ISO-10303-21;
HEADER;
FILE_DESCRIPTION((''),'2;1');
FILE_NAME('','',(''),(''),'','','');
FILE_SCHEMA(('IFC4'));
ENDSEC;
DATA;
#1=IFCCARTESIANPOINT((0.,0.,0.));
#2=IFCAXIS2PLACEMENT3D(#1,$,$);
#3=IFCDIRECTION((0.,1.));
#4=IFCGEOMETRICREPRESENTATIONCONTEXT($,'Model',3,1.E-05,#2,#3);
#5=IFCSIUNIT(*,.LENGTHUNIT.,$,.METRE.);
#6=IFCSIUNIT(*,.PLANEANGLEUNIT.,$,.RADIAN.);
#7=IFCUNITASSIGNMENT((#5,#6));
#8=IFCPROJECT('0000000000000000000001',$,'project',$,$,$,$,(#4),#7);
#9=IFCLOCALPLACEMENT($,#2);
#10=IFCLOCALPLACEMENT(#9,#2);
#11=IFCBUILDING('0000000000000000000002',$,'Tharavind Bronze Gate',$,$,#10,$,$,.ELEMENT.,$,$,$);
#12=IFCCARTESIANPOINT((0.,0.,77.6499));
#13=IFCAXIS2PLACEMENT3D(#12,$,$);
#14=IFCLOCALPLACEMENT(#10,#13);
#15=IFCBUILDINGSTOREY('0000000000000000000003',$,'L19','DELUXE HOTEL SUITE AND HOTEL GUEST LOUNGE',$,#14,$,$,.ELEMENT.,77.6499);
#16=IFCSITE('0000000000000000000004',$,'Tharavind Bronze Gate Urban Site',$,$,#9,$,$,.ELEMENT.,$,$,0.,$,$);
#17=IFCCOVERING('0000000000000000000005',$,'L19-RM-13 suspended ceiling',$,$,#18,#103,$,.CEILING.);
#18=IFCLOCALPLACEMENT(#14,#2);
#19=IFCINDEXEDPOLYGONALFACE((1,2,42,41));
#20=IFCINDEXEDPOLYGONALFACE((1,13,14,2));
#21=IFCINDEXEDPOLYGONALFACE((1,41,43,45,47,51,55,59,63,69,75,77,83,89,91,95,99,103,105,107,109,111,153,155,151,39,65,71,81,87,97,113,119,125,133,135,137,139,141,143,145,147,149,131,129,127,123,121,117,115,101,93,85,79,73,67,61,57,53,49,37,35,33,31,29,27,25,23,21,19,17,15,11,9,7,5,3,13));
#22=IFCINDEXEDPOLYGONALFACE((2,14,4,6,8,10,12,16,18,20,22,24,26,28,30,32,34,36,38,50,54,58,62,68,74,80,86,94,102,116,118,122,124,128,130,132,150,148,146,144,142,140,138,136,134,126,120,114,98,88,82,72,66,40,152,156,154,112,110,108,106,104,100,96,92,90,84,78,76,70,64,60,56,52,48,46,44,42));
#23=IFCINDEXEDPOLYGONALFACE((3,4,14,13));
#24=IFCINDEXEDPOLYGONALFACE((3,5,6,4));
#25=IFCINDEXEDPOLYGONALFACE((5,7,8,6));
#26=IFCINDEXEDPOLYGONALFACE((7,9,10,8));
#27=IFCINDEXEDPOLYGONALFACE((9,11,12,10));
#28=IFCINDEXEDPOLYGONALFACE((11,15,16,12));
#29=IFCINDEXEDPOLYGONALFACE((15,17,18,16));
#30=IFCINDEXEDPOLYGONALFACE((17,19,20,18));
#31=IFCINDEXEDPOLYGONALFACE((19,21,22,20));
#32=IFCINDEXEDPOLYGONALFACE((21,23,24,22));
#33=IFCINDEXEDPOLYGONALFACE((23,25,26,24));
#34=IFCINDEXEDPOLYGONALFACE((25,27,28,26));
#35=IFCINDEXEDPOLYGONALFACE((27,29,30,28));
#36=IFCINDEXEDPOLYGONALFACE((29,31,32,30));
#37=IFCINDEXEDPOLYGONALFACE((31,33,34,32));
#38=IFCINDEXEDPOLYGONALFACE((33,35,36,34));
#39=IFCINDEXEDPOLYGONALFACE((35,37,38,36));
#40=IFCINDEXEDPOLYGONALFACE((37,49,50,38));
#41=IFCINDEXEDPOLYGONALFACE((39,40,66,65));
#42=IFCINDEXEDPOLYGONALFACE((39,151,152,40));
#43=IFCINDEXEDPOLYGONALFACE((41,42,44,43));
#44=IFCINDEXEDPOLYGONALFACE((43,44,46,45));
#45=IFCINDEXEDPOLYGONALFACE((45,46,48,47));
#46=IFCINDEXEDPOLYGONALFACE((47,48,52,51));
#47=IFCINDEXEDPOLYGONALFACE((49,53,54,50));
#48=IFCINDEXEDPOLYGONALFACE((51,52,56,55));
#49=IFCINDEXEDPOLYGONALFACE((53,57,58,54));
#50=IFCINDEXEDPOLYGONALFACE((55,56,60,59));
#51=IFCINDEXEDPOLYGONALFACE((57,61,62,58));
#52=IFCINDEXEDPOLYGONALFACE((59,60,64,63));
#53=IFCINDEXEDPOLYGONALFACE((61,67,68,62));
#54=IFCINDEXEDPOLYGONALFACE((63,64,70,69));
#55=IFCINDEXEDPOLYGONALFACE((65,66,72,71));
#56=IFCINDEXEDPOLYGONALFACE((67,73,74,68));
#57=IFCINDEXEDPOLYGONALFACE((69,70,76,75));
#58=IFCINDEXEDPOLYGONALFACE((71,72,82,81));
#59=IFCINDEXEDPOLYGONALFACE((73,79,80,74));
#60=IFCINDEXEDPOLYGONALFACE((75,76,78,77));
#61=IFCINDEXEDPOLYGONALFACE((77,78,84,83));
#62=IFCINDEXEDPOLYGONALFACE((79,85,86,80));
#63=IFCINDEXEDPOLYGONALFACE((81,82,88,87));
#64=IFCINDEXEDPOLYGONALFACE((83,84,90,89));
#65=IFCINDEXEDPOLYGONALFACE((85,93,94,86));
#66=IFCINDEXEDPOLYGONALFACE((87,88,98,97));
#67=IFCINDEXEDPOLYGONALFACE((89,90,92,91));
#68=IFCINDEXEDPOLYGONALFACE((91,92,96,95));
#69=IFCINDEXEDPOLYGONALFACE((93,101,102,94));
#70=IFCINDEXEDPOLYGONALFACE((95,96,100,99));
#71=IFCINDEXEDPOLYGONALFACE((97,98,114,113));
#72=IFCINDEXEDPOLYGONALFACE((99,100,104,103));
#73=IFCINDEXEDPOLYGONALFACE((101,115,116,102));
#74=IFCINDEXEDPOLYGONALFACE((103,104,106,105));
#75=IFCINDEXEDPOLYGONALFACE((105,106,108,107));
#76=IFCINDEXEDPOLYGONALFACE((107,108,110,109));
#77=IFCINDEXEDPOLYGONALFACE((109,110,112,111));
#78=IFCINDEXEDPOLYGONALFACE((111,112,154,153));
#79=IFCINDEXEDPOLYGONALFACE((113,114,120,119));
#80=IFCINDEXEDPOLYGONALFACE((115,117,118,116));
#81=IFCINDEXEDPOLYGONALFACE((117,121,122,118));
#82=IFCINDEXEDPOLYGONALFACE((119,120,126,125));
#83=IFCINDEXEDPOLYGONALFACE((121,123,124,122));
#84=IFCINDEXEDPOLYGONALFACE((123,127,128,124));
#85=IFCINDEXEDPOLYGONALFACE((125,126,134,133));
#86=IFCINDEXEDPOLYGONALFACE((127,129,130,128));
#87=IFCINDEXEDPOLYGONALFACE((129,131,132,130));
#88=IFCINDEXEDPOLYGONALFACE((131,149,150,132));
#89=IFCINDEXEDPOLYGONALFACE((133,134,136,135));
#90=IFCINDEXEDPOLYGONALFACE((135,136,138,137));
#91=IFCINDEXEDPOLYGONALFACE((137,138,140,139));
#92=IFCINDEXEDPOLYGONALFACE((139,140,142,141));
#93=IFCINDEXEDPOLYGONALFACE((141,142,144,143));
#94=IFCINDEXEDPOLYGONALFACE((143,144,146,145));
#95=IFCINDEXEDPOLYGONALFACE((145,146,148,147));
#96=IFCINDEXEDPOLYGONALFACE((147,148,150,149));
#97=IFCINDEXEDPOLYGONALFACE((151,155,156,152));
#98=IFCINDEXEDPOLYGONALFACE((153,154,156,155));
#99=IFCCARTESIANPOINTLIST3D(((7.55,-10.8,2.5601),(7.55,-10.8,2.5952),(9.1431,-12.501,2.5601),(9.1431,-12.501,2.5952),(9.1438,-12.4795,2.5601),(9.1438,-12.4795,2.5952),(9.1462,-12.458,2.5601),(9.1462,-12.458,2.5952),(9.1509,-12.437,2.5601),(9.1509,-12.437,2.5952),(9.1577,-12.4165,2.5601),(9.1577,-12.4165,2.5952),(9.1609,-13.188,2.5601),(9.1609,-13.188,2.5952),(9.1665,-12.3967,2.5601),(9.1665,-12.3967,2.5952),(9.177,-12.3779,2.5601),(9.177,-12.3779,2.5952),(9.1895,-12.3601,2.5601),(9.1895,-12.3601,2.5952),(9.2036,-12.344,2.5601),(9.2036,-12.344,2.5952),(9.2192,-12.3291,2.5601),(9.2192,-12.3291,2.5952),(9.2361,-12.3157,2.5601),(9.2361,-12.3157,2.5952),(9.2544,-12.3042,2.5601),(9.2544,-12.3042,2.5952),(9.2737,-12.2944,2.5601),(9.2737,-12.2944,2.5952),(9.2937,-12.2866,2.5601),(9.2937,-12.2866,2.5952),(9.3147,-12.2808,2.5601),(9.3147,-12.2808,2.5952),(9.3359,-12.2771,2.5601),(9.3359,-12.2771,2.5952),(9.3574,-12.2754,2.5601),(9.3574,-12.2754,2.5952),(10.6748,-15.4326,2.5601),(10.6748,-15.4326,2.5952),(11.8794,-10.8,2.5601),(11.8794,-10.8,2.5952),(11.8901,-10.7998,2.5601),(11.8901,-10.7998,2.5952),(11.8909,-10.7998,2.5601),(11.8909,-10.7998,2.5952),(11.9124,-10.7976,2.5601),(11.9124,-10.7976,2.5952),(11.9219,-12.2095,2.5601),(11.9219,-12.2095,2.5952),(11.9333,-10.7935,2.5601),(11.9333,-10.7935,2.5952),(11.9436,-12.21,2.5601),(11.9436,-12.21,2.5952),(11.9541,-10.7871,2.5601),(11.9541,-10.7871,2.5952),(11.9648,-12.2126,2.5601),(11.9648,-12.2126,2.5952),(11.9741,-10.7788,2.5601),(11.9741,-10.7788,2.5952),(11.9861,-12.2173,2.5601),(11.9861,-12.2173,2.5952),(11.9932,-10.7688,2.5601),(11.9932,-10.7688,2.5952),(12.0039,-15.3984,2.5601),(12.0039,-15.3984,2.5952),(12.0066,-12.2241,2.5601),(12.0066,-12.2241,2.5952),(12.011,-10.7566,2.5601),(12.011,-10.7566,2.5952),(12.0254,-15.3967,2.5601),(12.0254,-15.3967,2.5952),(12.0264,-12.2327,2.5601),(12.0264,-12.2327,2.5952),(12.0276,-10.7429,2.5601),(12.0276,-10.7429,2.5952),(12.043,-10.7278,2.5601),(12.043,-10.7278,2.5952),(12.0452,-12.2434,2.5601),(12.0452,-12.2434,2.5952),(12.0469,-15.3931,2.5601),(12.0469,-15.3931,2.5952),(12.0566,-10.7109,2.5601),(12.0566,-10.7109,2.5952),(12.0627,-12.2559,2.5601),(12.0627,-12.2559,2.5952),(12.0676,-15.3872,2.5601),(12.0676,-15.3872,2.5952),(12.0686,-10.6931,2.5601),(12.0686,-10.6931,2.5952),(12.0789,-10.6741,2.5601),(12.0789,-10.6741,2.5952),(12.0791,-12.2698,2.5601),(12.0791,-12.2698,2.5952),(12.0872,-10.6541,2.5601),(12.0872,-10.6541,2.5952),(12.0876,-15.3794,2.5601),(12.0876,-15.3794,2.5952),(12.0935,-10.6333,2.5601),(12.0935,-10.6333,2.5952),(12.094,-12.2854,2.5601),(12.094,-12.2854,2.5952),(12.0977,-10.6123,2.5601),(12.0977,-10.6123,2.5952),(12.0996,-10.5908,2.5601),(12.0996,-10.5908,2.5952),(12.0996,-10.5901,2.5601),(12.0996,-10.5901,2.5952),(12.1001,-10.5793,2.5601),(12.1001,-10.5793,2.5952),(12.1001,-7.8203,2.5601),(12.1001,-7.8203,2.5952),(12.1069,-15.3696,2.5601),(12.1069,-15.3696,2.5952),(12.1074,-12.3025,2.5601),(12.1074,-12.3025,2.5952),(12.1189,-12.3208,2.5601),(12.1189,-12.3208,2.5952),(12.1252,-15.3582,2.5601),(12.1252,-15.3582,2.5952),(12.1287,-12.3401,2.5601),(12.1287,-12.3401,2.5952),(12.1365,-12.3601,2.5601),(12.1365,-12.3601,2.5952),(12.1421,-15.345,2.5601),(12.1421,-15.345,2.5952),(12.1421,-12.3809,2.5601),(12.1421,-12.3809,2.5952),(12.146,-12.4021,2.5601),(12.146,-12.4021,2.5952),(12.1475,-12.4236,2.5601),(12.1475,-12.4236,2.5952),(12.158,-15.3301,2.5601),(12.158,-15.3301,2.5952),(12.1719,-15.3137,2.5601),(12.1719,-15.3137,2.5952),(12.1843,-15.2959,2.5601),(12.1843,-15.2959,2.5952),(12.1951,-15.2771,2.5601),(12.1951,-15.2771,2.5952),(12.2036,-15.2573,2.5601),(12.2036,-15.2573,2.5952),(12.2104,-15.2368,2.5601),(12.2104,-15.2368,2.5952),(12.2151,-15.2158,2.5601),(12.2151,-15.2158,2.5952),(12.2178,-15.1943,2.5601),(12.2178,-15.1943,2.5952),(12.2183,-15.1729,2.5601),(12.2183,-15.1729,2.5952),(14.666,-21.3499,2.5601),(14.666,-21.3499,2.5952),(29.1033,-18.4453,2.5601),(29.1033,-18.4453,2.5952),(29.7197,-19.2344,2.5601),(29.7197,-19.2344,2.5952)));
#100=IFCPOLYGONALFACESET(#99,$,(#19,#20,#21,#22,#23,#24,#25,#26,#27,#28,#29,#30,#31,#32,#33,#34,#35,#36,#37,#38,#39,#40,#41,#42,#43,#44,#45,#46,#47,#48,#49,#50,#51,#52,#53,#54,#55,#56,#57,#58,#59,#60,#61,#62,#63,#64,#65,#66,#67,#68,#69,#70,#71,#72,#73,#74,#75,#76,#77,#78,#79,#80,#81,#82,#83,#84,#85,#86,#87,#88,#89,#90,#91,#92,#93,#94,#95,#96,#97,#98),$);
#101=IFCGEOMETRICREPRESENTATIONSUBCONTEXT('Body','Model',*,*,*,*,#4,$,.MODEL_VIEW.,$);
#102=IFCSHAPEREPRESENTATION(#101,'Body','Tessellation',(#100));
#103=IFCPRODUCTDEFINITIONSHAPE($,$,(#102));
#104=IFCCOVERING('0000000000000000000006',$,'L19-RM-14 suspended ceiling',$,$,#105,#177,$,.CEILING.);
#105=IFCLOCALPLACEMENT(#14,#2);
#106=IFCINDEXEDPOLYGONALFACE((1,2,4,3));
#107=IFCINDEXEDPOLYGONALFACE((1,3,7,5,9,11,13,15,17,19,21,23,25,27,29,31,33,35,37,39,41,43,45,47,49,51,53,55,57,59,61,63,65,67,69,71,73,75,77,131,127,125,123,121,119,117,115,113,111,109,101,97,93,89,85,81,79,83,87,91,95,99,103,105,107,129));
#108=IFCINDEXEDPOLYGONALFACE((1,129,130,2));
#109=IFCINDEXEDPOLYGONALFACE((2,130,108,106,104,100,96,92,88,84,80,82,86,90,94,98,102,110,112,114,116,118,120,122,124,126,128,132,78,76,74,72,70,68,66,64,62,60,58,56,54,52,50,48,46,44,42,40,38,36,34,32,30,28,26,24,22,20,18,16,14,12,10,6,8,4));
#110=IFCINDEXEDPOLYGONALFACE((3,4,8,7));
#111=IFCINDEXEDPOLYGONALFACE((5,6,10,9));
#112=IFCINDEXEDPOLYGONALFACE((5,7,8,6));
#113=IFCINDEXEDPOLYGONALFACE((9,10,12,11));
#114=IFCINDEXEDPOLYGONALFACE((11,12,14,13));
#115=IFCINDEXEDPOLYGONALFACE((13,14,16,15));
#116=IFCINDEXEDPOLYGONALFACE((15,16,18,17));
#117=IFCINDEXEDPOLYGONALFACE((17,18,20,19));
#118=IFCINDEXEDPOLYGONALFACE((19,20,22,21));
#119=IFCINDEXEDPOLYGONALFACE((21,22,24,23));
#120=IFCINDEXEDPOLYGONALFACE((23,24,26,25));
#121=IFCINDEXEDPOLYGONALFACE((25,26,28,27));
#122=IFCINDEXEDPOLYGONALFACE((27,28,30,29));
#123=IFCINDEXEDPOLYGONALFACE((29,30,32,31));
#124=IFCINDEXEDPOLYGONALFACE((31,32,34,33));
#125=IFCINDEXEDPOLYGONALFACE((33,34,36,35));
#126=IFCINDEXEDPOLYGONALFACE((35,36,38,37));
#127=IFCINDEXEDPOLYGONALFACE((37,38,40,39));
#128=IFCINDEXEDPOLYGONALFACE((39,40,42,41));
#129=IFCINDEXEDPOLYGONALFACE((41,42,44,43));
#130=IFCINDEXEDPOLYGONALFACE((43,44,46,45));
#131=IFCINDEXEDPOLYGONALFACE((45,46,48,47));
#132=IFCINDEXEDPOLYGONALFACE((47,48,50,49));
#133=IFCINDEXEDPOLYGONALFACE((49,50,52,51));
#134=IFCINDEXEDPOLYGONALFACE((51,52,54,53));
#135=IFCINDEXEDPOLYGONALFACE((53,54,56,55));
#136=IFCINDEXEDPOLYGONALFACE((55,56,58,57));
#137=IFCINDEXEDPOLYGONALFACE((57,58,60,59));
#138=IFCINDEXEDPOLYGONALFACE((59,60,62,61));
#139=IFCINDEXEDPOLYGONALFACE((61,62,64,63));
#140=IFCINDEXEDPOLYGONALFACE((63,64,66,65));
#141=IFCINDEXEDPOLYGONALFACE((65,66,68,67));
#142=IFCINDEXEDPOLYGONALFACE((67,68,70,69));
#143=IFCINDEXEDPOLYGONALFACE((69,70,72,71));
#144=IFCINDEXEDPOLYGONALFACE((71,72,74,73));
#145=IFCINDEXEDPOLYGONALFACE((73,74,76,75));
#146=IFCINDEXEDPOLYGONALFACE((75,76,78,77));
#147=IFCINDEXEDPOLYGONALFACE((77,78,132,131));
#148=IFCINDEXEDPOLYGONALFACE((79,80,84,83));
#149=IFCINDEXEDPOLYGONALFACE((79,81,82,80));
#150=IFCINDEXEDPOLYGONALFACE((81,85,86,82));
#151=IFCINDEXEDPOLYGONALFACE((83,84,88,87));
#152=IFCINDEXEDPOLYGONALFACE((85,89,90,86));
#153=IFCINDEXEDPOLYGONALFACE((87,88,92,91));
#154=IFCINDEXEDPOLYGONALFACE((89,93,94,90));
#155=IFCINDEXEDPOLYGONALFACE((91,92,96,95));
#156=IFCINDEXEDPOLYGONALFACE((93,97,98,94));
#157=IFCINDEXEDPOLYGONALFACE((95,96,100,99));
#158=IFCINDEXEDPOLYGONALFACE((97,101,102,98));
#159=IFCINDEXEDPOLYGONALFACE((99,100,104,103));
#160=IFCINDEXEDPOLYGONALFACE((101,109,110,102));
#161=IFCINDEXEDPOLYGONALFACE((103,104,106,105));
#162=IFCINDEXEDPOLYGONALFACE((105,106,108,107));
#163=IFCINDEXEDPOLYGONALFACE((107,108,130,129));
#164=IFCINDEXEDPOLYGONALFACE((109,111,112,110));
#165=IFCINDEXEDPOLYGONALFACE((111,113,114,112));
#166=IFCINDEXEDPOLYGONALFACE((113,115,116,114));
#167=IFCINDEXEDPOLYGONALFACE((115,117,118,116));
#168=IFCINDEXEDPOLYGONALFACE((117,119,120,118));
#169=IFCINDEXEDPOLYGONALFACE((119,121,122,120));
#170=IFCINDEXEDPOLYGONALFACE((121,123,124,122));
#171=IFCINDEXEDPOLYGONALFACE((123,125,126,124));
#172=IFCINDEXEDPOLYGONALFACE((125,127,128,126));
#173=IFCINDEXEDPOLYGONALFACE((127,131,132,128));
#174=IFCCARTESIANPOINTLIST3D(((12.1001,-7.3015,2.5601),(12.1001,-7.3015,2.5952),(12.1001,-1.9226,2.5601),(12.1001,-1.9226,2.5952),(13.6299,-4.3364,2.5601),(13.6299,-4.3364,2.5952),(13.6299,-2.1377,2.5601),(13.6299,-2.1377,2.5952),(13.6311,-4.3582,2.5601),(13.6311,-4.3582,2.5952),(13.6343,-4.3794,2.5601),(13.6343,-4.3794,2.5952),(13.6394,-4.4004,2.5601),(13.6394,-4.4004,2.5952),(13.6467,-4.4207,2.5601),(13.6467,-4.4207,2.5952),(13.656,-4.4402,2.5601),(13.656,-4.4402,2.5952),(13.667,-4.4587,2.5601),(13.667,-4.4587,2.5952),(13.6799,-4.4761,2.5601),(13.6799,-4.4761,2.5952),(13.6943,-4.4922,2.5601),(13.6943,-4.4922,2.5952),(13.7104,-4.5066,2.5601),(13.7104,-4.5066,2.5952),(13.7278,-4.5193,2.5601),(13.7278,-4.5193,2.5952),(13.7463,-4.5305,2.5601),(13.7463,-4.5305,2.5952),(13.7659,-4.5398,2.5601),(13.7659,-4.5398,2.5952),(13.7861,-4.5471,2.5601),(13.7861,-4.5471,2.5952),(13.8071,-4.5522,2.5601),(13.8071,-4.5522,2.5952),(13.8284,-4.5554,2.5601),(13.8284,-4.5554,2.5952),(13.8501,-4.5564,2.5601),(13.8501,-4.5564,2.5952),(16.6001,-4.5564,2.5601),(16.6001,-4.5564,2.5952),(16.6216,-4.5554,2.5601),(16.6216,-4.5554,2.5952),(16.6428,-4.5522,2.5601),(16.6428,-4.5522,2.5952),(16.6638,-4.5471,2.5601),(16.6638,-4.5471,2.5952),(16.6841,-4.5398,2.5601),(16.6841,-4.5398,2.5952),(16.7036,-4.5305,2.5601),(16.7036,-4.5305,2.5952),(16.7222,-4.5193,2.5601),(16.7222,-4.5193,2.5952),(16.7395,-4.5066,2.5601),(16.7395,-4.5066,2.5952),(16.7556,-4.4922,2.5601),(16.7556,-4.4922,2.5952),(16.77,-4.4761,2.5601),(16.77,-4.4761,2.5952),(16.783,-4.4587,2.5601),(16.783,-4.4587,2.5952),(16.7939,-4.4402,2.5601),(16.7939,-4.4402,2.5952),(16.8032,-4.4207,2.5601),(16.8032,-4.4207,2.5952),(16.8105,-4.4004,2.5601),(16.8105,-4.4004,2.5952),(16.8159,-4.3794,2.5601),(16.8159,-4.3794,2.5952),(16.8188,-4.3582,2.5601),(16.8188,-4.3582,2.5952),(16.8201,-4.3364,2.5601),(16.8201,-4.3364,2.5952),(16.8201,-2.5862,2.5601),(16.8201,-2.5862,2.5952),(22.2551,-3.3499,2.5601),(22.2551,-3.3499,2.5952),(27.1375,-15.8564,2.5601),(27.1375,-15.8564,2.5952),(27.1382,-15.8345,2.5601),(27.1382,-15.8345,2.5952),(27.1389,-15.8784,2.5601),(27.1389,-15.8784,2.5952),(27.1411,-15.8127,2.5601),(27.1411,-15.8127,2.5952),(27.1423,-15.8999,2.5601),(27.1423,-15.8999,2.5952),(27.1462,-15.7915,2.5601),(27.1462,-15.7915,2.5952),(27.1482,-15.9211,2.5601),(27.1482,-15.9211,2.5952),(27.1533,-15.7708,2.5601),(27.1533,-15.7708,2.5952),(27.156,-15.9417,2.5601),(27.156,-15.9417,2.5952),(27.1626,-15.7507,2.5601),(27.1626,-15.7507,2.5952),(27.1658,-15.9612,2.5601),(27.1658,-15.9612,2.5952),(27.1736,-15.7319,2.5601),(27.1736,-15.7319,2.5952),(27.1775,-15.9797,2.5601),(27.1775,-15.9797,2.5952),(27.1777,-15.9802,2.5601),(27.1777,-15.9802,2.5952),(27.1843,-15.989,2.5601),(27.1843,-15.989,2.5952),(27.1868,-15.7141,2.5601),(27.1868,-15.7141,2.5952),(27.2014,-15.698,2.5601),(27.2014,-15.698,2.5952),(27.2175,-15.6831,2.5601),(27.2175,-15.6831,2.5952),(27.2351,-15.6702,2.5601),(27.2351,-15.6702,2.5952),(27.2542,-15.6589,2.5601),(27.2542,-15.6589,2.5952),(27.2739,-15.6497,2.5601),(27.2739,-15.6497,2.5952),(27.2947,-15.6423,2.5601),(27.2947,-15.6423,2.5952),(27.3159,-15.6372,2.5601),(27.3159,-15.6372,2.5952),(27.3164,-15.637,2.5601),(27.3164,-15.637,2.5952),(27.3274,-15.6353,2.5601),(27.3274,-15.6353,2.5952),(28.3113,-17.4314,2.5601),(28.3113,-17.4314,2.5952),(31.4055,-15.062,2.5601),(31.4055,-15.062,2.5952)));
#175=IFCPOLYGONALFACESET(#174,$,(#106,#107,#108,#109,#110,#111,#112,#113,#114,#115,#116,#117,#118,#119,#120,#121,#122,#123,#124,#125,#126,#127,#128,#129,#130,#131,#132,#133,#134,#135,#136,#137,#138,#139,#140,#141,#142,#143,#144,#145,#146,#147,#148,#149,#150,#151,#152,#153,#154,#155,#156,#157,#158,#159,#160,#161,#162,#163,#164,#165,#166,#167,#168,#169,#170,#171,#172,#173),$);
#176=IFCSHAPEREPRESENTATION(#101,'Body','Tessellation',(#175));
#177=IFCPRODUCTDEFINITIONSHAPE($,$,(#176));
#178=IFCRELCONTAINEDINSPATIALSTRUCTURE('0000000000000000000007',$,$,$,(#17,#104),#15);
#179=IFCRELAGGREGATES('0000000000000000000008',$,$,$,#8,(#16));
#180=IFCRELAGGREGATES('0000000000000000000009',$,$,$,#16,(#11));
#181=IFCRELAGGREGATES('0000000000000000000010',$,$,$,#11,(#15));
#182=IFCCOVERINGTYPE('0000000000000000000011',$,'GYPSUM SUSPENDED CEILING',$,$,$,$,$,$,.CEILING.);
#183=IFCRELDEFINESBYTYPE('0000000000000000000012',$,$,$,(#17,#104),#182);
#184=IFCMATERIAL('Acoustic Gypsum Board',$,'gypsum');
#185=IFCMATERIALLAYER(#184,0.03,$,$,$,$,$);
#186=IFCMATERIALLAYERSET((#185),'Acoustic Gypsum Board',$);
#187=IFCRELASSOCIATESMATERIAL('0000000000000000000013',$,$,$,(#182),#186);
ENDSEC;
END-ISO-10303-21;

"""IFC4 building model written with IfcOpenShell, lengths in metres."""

from ifc_helpers import new_model, si_unit, direction, frame, origin, place, context, subcontext, project, spatial, polyline, outline, extrude, material, layer, layer_set, type_object, element, save


model = new_model("IFC4")

# Units and contexts
model_context = context("Model", 3, precision=1e-05, world=origin(), true_north=direction((0.0, 1.0)))
body_context = subcontext(model_context, "Body", "Model", "MODEL_VIEW")
ifc_project = project(units=[si_unit("LENGTHUNIT", "METRE"), si_unit("PLANEANGLEUNIT", "RADIAN")], contexts=[model_context])

# Site, building, storey
site_placement = place(None, origin())
site = spatial("IfcSite", under=ifc_project, at=site_placement, Name="Tharavind Bronze Gate Urban Site", CompositionType="ELEMENT", RefElevation=0.0)
building_placement = place(site_placement, origin())
building = spatial("IfcBuilding", under=site, at=building_placement, Name="Tharavind Bronze Gate", CompositionType="ELEMENT")
storey_placement = place(building_placement, frame((0.0, 0.0, 77.6499)))
storey = spatial("IfcBuildingStorey", under=building, at=storey_placement, Name="L19", Description="DELUXE HOTEL SUITE AND HOTEL GUEST LOUNGE", CompositionType="ELEMENT", Elevation=77.6499)

# Coverings
ifc_material_1 = material(Name="Acoustic Gypsum Board", Category="gypsum")
ifc_layer_1 = layer(ifc_material_1, 0.03)
ifc_layer_set_1 = layer_set([ifc_layer_1], Name="Acoustic Gypsum Board")
covering_type_1 = type_object("IfcCoveringType", Name="GYPSUM SUSPENDED CEILING", PredefinedType="CEILING", material=ifc_layer_set_1)
covering_1_placement = place(storey_placement, frame((0.0, 0.0, 2.5601)))
element("IfcCovering", 1, at=covering_1_placement, inside=storey, type_object=covering_type_1, Name="L19-RM-13 suspended ceiling", PredefinedType="CEILING", context=body_context, shape_type="SweptSolid", body=[
    extrude(outline(polyline([(9.1609, -13.188), (9.1431, -12.501), (9.1438, -12.4795), (9.1462, -12.458), (9.1509, -12.437), (9.1577, -12.4165), (9.1665, -12.3967), (9.177, -12.3779), (9.1895, -12.3601), (9.2036, -12.344), (9.2192, -12.3291), (9.2361, -12.3157), (9.2544, -12.3042), (9.2737, -12.2944), (9.2937, -12.2866), (9.3147, -12.2808), (9.3359, -12.2771), (9.3574, -12.2754), (11.9219, -12.2095), (11.9436, -12.21), (11.9648, -12.2126), (11.9861, -12.2173), (12.0066, -12.2241), (12.0264, -12.2327), (12.0452, -12.2434), (12.0627, -12.2559), (12.0791, -12.2698), (12.094, -12.2854), (12.1074, -12.3025), (12.1189, -12.3208), (12.1287, -12.3401), (12.1365, -12.3601), (12.1421, -12.3809), (12.146, -12.4021), (12.1475, -12.4236), (12.2183, -15.1729), (12.2178, -15.1943), (12.2151, -15.2158), (12.2104, -15.2368), (12.2036, -15.2573), (12.1951, -15.2771), (12.1843, -15.2959), (12.1719, -15.3137), (12.158, -15.3301), (12.1421, -15.345), (12.1252, -15.3582), (12.1069, -15.3696), (12.0876, -15.3794), (12.0676, -15.3872), (12.0469, -15.3931), (12.0254, -15.3967), (12.0039, -15.3984), (10.6748, -15.4326), (14.666, -21.3499), (29.7197, -19.2344), (29.1033, -18.4453), (12.1001, -7.8203), (12.1001, -10.5793), (12.0996, -10.5901), (12.0996, -10.5908), (12.0977, -10.6123), (12.0935, -10.6333), (12.0872, -10.6541), (12.0789, -10.6741), (12.0686, -10.6931), (12.0566, -10.7109), (12.043, -10.7278), (12.0276, -10.7429), (12.011, -10.7566), (11.9932, -10.7688), (11.9741, -10.7788), (11.9541, -10.7871), (11.9333, -10.7935), (11.9124, -10.7976), (11.8909, -10.7998), (11.8901, -10.7998), (11.8794, -10.8), (7.55, -10.8), (9.1609, -13.188)])), origin(), (0.0, 0.0, 1.0), 0.0352),
])
covering_2_placement = place(storey_placement, frame((0.0, 0.0, 2.5601)))
element("IfcCovering", 2, at=covering_2_placement, inside=storey, type_object=covering_type_1, Name="L19-RM-14 suspended ceiling", PredefinedType="CEILING", context=body_context, shape_type="SweptSolid", body=[
    extrude(outline(polyline([(12.1001, -7.3015), (28.3113, -17.4314), (27.1843, -15.989), (27.1777, -15.9802), (27.1775, -15.9797), (27.1658, -15.9612), (27.156, -15.9417), (27.1482, -15.9211), (27.1423, -15.8999), (27.1389, -15.8784), (27.1375, -15.8564), (27.1382, -15.8345), (27.1411, -15.8127), (27.1462, -15.7915), (27.1533, -15.7708), (27.1626, -15.7507), (27.1736, -15.7319), (27.1868, -15.7141), (27.2014, -15.698), (27.2175, -15.6831), (27.2351, -15.6702), (27.2542, -15.6589), (27.2739, -15.6497), (27.2947, -15.6423), (27.3159, -15.6372), (27.3164, -15.637), (27.3274, -15.6353), (31.4055, -15.062), (22.2551, -3.3499), (16.8201, -2.5862), (16.8201, -4.3364), (16.8188, -4.3582), (16.8159, -4.3794), (16.8105, -4.4004), (16.8032, -4.4207), (16.7939, -4.4402), (16.783, -4.4587), (16.77, -4.4761), (16.7556, -4.4922), (16.7395, -4.5066), (16.7222, -4.5193), (16.7036, -4.5305), (16.6841, -4.5398), (16.6638, -4.5471), (16.6428, -4.5522), (16.6216, -4.5554), (16.6001, -4.5564), (13.8501, -4.5564), (13.8284, -4.5554), (13.8071, -4.5522), (13.7861, -4.5471), (13.7659, -4.5398), (13.7463, -4.5305), (13.7278, -4.5193), (13.7104, -4.5066), (13.6943, -4.4922), (13.6799, -4.4761), (13.667, -4.4587), (13.656, -4.4402), (13.6467, -4.4207), (13.6394, -4.4004), (13.6343, -4.3794), (13.6311, -4.3582), (13.6299, -4.3364), (13.6299, -2.1377), (12.1001, -1.9226), (12.1001, -7.3015)])), origin(), (0.0, 0.0, 1.0), 0.0352),
])

save(model, "model.ifc")
